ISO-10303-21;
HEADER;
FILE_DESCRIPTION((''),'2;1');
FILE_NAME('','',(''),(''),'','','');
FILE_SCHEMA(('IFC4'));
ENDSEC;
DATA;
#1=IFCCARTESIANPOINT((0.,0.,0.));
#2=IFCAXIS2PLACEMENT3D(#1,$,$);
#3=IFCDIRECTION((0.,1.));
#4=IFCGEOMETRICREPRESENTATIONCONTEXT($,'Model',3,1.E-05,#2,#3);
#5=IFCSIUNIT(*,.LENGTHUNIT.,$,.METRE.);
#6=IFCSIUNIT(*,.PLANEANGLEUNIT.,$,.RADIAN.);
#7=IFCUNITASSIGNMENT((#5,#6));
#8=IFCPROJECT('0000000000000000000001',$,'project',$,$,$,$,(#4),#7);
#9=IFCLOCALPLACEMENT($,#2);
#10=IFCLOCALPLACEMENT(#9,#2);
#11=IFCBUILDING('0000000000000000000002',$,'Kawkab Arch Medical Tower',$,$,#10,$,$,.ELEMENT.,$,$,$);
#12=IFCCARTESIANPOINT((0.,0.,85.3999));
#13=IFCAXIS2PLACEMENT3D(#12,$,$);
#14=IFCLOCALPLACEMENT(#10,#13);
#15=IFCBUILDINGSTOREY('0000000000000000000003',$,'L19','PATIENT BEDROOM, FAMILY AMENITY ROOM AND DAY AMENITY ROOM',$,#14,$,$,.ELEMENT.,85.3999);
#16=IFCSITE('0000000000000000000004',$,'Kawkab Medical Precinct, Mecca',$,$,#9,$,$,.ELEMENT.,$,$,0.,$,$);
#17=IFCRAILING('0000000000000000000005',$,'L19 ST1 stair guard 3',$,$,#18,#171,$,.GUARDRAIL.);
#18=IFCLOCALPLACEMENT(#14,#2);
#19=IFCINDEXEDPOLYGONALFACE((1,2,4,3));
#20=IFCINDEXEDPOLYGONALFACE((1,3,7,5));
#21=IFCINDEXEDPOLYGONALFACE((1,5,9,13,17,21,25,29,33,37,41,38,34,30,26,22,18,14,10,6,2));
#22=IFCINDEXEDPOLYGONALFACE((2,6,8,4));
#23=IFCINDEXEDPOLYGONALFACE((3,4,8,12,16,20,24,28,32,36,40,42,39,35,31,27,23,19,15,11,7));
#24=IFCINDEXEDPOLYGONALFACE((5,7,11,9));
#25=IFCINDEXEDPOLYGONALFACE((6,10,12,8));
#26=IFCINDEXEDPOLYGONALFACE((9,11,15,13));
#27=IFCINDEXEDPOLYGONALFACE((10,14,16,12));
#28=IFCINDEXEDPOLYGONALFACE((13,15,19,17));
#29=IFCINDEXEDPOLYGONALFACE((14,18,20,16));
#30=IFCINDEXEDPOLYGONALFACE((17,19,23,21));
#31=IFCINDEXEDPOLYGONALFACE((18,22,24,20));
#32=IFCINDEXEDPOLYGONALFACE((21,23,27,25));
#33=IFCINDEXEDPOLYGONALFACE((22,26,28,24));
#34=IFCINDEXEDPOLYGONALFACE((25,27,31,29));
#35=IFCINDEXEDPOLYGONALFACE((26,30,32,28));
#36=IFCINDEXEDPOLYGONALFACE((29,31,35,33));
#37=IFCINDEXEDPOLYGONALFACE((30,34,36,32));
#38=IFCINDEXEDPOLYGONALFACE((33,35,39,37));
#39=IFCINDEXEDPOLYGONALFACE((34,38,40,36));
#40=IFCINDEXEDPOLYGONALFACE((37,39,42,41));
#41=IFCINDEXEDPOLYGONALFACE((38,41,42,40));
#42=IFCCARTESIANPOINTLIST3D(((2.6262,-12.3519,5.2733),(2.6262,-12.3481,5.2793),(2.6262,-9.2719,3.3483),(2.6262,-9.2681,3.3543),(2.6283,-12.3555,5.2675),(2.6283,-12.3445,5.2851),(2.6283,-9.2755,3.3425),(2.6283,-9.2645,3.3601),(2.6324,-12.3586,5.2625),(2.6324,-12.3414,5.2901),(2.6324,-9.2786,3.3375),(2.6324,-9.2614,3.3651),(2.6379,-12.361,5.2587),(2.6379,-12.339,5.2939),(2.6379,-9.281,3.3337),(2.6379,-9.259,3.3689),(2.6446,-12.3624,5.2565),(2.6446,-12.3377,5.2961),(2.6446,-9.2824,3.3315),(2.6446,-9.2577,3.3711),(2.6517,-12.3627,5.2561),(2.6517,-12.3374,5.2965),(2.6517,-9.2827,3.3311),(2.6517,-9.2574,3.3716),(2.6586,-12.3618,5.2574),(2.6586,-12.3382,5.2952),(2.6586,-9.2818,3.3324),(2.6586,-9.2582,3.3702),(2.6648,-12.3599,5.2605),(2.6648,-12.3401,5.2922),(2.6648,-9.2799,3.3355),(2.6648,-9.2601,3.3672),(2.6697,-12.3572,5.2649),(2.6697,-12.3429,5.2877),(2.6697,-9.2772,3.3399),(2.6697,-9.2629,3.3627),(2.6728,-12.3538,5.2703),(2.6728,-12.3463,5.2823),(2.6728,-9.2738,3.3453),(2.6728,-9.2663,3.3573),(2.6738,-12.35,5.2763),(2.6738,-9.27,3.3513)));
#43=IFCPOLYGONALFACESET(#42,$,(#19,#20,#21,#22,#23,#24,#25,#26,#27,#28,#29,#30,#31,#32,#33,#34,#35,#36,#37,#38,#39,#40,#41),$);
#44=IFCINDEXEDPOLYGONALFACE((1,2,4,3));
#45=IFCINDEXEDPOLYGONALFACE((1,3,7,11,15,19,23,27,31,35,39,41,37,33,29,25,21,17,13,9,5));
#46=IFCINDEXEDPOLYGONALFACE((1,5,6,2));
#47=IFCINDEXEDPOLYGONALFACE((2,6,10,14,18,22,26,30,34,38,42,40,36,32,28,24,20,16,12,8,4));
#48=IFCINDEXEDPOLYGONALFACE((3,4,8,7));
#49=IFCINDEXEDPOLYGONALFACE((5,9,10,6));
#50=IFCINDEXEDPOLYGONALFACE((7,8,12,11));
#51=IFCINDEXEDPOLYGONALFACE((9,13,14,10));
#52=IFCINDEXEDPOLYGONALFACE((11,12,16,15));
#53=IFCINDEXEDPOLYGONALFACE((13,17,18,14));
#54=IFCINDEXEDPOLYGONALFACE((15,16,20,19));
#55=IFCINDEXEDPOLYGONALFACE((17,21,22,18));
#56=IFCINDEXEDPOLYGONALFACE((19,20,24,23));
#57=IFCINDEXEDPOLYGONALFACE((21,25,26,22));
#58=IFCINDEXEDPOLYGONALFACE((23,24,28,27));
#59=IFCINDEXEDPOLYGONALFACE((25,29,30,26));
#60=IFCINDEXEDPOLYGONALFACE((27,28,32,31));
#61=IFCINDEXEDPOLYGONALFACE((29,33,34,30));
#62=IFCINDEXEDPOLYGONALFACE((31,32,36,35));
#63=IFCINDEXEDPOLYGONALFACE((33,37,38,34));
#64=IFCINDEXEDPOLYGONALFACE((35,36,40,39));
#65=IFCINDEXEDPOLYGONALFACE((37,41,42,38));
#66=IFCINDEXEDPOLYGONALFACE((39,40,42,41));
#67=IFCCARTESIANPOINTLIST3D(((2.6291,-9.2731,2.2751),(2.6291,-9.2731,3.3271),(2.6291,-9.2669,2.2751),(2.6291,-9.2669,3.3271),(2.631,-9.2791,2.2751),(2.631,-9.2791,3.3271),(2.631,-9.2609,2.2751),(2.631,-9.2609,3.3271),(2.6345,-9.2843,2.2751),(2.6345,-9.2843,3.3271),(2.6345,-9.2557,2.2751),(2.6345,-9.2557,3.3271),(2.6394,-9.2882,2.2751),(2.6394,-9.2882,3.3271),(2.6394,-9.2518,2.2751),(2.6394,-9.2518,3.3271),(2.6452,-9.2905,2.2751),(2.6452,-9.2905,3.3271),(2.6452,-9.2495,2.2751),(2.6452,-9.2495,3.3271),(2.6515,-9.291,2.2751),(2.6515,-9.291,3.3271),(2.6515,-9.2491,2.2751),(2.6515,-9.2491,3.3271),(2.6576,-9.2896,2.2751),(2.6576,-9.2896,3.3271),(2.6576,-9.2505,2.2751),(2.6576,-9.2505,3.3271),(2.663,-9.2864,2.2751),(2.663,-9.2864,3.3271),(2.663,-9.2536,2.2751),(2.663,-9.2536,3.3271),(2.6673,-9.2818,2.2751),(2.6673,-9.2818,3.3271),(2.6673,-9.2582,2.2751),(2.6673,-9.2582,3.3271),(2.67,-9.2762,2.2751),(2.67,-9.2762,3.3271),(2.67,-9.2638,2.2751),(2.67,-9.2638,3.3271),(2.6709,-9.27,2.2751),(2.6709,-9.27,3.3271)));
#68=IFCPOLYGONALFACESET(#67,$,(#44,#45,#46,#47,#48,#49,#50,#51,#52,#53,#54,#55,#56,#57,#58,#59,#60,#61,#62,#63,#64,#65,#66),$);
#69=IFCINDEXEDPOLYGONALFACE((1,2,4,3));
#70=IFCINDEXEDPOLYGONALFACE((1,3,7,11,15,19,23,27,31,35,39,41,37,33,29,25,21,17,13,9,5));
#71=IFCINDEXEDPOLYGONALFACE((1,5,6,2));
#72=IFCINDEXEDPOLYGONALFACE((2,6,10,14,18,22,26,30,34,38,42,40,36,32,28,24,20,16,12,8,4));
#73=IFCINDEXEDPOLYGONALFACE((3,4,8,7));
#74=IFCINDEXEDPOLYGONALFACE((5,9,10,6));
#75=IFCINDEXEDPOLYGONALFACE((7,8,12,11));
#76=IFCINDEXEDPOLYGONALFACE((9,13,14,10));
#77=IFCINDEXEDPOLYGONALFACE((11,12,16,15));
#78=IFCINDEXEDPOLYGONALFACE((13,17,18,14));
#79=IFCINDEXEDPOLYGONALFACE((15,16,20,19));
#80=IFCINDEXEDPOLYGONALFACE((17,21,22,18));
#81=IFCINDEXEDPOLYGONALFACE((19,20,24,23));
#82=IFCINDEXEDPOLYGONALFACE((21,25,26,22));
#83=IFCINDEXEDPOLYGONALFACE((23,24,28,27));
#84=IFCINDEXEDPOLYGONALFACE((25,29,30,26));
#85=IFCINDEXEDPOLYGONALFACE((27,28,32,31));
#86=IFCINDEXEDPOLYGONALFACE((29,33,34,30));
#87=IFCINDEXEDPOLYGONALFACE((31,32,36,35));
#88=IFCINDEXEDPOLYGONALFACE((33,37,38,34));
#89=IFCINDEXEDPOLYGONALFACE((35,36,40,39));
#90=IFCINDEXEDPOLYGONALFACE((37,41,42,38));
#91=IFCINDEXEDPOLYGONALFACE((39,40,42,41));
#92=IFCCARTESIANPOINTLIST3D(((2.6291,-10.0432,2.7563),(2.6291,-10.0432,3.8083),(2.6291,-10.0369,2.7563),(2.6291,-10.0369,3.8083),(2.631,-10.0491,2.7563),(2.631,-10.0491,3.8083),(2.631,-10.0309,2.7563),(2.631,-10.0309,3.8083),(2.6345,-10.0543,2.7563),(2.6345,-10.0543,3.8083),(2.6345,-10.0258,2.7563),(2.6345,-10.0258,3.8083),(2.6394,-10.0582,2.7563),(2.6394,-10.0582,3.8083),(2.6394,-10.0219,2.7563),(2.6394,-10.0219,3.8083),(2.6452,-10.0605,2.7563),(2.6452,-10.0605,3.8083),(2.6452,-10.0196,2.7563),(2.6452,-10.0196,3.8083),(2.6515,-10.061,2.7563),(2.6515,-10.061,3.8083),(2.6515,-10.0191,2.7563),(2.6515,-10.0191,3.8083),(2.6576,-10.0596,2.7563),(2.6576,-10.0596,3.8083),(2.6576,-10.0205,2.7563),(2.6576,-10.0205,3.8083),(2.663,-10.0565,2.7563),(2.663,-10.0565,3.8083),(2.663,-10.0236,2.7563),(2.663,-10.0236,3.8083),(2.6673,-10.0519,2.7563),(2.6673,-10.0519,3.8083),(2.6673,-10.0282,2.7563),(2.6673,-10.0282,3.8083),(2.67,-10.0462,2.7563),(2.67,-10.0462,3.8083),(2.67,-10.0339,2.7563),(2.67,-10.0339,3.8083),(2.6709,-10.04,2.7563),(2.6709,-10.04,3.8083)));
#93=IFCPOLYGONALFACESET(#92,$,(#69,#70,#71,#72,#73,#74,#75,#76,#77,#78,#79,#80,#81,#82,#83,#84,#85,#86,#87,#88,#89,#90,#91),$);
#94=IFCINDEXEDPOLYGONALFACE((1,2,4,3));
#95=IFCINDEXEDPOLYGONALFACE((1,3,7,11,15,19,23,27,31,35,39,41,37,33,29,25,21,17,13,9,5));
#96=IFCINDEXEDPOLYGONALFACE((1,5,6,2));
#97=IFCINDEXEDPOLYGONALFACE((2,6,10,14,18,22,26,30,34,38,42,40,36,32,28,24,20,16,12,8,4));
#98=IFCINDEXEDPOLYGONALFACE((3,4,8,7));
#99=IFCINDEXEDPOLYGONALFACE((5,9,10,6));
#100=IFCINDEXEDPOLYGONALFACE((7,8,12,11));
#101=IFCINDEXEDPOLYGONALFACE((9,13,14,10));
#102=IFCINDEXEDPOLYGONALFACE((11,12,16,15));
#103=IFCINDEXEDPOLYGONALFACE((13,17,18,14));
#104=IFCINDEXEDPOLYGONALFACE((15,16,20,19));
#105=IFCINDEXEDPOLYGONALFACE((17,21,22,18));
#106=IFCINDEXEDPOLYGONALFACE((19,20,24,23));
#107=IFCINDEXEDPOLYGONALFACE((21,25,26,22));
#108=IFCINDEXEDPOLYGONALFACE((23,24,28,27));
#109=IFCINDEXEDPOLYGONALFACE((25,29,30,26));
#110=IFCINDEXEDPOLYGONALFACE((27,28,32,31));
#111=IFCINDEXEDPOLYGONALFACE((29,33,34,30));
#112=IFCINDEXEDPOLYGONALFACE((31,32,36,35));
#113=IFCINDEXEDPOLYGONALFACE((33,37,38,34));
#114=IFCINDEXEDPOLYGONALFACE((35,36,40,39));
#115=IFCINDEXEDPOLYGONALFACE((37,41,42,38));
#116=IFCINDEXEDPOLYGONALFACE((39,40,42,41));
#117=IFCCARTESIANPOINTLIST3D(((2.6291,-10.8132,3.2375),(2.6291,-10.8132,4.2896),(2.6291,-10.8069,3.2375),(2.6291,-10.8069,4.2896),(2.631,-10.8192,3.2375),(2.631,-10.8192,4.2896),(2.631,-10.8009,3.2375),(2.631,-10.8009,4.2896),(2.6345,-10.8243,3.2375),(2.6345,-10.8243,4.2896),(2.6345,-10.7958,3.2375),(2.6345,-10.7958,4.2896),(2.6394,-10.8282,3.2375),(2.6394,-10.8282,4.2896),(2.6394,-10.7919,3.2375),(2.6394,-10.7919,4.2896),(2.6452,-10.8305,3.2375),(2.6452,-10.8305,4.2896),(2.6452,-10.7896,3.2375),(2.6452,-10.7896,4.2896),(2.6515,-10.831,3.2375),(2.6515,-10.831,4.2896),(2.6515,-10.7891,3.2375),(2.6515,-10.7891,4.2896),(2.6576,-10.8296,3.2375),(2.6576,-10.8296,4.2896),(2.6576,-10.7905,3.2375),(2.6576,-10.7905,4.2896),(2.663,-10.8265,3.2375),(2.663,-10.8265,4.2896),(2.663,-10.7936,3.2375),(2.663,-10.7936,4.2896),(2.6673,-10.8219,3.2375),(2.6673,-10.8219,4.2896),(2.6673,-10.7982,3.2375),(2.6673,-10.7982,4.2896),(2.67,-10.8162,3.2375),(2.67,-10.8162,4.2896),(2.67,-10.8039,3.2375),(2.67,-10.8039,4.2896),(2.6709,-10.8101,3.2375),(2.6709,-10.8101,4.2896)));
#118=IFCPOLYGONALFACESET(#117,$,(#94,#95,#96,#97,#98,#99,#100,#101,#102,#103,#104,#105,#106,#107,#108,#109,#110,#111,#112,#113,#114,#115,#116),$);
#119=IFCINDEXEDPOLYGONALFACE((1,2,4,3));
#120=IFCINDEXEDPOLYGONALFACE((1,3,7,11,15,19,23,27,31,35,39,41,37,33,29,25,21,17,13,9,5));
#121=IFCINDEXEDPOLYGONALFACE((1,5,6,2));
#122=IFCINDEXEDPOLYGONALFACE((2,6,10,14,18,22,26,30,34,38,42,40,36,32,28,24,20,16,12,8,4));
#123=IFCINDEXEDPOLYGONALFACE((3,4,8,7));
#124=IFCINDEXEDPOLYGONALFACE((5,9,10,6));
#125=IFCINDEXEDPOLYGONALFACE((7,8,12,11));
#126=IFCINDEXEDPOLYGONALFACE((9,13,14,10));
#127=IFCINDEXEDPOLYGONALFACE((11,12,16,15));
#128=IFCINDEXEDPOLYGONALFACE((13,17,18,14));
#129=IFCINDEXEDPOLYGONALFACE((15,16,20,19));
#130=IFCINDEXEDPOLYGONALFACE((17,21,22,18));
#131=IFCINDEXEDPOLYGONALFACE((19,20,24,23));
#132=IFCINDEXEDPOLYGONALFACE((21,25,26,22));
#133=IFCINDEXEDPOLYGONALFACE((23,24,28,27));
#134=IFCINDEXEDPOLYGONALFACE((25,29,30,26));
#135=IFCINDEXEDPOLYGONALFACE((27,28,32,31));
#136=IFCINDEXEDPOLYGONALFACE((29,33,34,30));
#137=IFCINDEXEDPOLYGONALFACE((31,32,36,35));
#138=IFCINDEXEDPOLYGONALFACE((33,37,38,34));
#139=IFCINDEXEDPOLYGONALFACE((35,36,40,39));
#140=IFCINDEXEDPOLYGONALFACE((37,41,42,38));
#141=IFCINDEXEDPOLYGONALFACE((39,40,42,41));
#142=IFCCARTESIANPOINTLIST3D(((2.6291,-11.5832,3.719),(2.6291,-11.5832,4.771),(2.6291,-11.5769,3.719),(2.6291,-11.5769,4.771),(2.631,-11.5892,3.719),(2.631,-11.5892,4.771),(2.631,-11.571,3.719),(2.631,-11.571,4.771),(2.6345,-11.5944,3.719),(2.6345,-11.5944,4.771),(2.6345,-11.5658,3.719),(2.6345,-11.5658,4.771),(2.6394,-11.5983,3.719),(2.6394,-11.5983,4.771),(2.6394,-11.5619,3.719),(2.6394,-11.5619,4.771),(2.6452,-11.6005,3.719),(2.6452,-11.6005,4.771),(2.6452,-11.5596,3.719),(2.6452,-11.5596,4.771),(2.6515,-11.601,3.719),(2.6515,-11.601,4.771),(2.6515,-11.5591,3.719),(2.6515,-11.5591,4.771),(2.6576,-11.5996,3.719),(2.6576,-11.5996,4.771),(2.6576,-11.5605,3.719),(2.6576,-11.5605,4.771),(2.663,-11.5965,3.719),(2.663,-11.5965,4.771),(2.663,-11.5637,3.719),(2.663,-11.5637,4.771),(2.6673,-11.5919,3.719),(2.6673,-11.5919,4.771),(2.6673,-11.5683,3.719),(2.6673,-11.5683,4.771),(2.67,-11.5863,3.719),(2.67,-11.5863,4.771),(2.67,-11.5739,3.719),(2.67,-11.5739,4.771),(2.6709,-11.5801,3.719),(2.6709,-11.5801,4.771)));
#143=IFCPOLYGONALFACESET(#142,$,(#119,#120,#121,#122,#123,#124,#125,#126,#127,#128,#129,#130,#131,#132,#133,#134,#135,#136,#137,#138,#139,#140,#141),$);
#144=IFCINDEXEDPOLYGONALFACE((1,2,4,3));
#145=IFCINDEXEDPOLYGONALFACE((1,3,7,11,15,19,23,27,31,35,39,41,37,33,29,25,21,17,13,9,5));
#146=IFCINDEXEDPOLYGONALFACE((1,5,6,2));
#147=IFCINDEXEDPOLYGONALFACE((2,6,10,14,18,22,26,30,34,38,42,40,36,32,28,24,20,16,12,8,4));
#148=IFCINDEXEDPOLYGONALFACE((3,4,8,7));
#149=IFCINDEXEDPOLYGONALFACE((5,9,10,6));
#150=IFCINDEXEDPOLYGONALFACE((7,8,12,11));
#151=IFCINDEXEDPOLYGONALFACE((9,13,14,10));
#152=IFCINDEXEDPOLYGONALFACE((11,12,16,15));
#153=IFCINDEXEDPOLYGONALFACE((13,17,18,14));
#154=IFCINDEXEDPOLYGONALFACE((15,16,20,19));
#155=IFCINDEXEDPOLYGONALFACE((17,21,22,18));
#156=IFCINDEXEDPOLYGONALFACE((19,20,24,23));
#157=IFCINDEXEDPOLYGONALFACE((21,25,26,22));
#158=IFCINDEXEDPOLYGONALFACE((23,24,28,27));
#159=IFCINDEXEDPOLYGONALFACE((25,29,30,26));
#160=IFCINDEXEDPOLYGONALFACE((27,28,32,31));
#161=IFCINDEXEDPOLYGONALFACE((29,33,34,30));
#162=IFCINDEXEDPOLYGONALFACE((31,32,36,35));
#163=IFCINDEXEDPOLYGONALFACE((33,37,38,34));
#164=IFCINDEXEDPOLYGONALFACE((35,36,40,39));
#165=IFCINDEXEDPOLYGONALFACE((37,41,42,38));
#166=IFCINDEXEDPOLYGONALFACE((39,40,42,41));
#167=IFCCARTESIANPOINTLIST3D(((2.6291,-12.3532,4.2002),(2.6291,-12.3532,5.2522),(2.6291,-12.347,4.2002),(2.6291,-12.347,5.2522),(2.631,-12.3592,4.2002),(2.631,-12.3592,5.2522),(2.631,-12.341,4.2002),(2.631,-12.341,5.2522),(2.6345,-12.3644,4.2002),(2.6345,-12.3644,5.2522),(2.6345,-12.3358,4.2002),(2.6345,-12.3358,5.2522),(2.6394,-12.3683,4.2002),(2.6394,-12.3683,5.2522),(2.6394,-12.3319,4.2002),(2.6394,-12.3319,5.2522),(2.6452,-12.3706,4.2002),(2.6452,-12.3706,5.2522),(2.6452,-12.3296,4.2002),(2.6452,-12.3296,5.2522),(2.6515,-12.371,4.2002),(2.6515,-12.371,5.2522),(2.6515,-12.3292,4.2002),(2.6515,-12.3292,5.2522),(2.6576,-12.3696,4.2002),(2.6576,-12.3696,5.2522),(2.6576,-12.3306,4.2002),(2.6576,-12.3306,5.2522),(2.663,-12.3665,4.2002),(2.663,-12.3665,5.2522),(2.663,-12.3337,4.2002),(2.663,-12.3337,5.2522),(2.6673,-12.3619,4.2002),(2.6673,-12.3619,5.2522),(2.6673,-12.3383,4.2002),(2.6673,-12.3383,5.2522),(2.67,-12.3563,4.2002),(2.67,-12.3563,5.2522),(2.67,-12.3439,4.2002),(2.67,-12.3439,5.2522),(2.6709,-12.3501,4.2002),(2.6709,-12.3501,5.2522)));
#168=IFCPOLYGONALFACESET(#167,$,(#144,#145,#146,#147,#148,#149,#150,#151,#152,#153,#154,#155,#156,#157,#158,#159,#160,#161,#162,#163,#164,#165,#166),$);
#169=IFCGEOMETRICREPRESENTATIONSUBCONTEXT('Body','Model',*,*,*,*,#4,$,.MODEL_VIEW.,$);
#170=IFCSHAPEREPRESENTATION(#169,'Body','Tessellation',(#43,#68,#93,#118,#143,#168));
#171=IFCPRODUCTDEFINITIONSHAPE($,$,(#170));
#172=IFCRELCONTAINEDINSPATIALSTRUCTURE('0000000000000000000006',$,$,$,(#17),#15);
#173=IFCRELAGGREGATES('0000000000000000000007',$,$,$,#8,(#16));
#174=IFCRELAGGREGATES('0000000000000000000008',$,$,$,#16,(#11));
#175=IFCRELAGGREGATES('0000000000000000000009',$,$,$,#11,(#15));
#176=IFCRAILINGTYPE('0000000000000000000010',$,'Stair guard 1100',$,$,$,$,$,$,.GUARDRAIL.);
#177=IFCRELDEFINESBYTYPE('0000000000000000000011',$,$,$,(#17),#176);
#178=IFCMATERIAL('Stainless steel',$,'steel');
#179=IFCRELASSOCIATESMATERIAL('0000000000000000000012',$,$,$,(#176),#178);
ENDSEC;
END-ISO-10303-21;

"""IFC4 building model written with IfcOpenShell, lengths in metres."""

from ifc_helpers import new_model, si_unit, direction, frame, origin, origin_2d, place, context, subcontext, project, spatial, circle, extrude, material, type_object, element, save


model = new_model("IFC4")

# Units and contexts
model_context = context("Model", 3, precision=1e-05, world=origin(), true_north=direction((0.0, 1.0)))
body_context = subcontext(model_context, "Body", "Model", "MODEL_VIEW")
ifc_project = project(units=[si_unit("LENGTHUNIT", "METRE"), si_unit("PLANEANGLEUNIT", "RADIAN")], contexts=[model_context])

# Site, building, storey
site_placement = place(None, origin())
site = spatial("IfcSite", under=ifc_project, at=site_placement, Name="Kawkab Medical Precinct, Mecca", CompositionType="ELEMENT", RefElevation=0.0)
building_placement = place(site_placement, origin())
building = spatial("IfcBuilding", under=site, at=building_placement, Name="Kawkab Arch Medical Tower", CompositionType="ELEMENT")
storey_placement = place(building_placement, frame((0.0, 0.0, 85.3999)))
storey = spatial("IfcBuildingStorey", under=building, at=storey_placement, Name="L19", Description="PATIENT BEDROOM, FAMILY AMENITY ROOM AND DAY AMENITY ROOM", CompositionType="ELEMENT", Elevation=85.3999)

# Railing
ifc_material_1 = material(Name="Stainless steel", Category="steel")
railing_type_1 = type_object("IfcRailingType", Name="Stair guard 1100", PredefinedType="GUARDRAIL", material=ifc_material_1)
railing_1_placement = place(storey_placement, frame((2.6499, -9.27, 2.2751)))
element("IfcRailing", 1, at=railing_1_placement, inside=storey, type_object=railing_type_1, Name="L19 ST1 stair guard 3", PredefinedType="GUARDRAIL", context=body_context, shape_type="SweptSolid", body=[
    extrude(circle(Radius=0.0239, at=origin_2d()), frame((0.0, 0.0, 1.0762), z_axis=(0.0, -0.847998, 0.529999), x_axis=(1.0, 0.0, 0.0)), (0.0, 0.0, 1.0), 3.6321),
    extrude(circle(Radius=0.021, at=origin_2d()), origin(), (0.0, 0.0, 1.0), 1.052),
    extrude(circle(Radius=0.021, at=origin_2d()), frame((0.0, -0.77, 0.4812)), (0.0, 0.0, 1.0), 1.052),
    extrude(circle(Radius=0.021, at=origin_2d()), frame((0.0, -1.54, 0.9624)), (0.0, 0.0, 1.0), 1.052),
    extrude(circle(Radius=0.021, at=origin_2d()), frame((0.0, -2.3101, 1.4438)), (0.0, 0.0, 1.0), 1.052),
    extrude(circle(Radius=0.021, at=origin_2d()), frame((0.0, -3.0801, 1.925)), (0.0, 0.0, 1.0), 1.052),
])

save(model, "model.ifc")
